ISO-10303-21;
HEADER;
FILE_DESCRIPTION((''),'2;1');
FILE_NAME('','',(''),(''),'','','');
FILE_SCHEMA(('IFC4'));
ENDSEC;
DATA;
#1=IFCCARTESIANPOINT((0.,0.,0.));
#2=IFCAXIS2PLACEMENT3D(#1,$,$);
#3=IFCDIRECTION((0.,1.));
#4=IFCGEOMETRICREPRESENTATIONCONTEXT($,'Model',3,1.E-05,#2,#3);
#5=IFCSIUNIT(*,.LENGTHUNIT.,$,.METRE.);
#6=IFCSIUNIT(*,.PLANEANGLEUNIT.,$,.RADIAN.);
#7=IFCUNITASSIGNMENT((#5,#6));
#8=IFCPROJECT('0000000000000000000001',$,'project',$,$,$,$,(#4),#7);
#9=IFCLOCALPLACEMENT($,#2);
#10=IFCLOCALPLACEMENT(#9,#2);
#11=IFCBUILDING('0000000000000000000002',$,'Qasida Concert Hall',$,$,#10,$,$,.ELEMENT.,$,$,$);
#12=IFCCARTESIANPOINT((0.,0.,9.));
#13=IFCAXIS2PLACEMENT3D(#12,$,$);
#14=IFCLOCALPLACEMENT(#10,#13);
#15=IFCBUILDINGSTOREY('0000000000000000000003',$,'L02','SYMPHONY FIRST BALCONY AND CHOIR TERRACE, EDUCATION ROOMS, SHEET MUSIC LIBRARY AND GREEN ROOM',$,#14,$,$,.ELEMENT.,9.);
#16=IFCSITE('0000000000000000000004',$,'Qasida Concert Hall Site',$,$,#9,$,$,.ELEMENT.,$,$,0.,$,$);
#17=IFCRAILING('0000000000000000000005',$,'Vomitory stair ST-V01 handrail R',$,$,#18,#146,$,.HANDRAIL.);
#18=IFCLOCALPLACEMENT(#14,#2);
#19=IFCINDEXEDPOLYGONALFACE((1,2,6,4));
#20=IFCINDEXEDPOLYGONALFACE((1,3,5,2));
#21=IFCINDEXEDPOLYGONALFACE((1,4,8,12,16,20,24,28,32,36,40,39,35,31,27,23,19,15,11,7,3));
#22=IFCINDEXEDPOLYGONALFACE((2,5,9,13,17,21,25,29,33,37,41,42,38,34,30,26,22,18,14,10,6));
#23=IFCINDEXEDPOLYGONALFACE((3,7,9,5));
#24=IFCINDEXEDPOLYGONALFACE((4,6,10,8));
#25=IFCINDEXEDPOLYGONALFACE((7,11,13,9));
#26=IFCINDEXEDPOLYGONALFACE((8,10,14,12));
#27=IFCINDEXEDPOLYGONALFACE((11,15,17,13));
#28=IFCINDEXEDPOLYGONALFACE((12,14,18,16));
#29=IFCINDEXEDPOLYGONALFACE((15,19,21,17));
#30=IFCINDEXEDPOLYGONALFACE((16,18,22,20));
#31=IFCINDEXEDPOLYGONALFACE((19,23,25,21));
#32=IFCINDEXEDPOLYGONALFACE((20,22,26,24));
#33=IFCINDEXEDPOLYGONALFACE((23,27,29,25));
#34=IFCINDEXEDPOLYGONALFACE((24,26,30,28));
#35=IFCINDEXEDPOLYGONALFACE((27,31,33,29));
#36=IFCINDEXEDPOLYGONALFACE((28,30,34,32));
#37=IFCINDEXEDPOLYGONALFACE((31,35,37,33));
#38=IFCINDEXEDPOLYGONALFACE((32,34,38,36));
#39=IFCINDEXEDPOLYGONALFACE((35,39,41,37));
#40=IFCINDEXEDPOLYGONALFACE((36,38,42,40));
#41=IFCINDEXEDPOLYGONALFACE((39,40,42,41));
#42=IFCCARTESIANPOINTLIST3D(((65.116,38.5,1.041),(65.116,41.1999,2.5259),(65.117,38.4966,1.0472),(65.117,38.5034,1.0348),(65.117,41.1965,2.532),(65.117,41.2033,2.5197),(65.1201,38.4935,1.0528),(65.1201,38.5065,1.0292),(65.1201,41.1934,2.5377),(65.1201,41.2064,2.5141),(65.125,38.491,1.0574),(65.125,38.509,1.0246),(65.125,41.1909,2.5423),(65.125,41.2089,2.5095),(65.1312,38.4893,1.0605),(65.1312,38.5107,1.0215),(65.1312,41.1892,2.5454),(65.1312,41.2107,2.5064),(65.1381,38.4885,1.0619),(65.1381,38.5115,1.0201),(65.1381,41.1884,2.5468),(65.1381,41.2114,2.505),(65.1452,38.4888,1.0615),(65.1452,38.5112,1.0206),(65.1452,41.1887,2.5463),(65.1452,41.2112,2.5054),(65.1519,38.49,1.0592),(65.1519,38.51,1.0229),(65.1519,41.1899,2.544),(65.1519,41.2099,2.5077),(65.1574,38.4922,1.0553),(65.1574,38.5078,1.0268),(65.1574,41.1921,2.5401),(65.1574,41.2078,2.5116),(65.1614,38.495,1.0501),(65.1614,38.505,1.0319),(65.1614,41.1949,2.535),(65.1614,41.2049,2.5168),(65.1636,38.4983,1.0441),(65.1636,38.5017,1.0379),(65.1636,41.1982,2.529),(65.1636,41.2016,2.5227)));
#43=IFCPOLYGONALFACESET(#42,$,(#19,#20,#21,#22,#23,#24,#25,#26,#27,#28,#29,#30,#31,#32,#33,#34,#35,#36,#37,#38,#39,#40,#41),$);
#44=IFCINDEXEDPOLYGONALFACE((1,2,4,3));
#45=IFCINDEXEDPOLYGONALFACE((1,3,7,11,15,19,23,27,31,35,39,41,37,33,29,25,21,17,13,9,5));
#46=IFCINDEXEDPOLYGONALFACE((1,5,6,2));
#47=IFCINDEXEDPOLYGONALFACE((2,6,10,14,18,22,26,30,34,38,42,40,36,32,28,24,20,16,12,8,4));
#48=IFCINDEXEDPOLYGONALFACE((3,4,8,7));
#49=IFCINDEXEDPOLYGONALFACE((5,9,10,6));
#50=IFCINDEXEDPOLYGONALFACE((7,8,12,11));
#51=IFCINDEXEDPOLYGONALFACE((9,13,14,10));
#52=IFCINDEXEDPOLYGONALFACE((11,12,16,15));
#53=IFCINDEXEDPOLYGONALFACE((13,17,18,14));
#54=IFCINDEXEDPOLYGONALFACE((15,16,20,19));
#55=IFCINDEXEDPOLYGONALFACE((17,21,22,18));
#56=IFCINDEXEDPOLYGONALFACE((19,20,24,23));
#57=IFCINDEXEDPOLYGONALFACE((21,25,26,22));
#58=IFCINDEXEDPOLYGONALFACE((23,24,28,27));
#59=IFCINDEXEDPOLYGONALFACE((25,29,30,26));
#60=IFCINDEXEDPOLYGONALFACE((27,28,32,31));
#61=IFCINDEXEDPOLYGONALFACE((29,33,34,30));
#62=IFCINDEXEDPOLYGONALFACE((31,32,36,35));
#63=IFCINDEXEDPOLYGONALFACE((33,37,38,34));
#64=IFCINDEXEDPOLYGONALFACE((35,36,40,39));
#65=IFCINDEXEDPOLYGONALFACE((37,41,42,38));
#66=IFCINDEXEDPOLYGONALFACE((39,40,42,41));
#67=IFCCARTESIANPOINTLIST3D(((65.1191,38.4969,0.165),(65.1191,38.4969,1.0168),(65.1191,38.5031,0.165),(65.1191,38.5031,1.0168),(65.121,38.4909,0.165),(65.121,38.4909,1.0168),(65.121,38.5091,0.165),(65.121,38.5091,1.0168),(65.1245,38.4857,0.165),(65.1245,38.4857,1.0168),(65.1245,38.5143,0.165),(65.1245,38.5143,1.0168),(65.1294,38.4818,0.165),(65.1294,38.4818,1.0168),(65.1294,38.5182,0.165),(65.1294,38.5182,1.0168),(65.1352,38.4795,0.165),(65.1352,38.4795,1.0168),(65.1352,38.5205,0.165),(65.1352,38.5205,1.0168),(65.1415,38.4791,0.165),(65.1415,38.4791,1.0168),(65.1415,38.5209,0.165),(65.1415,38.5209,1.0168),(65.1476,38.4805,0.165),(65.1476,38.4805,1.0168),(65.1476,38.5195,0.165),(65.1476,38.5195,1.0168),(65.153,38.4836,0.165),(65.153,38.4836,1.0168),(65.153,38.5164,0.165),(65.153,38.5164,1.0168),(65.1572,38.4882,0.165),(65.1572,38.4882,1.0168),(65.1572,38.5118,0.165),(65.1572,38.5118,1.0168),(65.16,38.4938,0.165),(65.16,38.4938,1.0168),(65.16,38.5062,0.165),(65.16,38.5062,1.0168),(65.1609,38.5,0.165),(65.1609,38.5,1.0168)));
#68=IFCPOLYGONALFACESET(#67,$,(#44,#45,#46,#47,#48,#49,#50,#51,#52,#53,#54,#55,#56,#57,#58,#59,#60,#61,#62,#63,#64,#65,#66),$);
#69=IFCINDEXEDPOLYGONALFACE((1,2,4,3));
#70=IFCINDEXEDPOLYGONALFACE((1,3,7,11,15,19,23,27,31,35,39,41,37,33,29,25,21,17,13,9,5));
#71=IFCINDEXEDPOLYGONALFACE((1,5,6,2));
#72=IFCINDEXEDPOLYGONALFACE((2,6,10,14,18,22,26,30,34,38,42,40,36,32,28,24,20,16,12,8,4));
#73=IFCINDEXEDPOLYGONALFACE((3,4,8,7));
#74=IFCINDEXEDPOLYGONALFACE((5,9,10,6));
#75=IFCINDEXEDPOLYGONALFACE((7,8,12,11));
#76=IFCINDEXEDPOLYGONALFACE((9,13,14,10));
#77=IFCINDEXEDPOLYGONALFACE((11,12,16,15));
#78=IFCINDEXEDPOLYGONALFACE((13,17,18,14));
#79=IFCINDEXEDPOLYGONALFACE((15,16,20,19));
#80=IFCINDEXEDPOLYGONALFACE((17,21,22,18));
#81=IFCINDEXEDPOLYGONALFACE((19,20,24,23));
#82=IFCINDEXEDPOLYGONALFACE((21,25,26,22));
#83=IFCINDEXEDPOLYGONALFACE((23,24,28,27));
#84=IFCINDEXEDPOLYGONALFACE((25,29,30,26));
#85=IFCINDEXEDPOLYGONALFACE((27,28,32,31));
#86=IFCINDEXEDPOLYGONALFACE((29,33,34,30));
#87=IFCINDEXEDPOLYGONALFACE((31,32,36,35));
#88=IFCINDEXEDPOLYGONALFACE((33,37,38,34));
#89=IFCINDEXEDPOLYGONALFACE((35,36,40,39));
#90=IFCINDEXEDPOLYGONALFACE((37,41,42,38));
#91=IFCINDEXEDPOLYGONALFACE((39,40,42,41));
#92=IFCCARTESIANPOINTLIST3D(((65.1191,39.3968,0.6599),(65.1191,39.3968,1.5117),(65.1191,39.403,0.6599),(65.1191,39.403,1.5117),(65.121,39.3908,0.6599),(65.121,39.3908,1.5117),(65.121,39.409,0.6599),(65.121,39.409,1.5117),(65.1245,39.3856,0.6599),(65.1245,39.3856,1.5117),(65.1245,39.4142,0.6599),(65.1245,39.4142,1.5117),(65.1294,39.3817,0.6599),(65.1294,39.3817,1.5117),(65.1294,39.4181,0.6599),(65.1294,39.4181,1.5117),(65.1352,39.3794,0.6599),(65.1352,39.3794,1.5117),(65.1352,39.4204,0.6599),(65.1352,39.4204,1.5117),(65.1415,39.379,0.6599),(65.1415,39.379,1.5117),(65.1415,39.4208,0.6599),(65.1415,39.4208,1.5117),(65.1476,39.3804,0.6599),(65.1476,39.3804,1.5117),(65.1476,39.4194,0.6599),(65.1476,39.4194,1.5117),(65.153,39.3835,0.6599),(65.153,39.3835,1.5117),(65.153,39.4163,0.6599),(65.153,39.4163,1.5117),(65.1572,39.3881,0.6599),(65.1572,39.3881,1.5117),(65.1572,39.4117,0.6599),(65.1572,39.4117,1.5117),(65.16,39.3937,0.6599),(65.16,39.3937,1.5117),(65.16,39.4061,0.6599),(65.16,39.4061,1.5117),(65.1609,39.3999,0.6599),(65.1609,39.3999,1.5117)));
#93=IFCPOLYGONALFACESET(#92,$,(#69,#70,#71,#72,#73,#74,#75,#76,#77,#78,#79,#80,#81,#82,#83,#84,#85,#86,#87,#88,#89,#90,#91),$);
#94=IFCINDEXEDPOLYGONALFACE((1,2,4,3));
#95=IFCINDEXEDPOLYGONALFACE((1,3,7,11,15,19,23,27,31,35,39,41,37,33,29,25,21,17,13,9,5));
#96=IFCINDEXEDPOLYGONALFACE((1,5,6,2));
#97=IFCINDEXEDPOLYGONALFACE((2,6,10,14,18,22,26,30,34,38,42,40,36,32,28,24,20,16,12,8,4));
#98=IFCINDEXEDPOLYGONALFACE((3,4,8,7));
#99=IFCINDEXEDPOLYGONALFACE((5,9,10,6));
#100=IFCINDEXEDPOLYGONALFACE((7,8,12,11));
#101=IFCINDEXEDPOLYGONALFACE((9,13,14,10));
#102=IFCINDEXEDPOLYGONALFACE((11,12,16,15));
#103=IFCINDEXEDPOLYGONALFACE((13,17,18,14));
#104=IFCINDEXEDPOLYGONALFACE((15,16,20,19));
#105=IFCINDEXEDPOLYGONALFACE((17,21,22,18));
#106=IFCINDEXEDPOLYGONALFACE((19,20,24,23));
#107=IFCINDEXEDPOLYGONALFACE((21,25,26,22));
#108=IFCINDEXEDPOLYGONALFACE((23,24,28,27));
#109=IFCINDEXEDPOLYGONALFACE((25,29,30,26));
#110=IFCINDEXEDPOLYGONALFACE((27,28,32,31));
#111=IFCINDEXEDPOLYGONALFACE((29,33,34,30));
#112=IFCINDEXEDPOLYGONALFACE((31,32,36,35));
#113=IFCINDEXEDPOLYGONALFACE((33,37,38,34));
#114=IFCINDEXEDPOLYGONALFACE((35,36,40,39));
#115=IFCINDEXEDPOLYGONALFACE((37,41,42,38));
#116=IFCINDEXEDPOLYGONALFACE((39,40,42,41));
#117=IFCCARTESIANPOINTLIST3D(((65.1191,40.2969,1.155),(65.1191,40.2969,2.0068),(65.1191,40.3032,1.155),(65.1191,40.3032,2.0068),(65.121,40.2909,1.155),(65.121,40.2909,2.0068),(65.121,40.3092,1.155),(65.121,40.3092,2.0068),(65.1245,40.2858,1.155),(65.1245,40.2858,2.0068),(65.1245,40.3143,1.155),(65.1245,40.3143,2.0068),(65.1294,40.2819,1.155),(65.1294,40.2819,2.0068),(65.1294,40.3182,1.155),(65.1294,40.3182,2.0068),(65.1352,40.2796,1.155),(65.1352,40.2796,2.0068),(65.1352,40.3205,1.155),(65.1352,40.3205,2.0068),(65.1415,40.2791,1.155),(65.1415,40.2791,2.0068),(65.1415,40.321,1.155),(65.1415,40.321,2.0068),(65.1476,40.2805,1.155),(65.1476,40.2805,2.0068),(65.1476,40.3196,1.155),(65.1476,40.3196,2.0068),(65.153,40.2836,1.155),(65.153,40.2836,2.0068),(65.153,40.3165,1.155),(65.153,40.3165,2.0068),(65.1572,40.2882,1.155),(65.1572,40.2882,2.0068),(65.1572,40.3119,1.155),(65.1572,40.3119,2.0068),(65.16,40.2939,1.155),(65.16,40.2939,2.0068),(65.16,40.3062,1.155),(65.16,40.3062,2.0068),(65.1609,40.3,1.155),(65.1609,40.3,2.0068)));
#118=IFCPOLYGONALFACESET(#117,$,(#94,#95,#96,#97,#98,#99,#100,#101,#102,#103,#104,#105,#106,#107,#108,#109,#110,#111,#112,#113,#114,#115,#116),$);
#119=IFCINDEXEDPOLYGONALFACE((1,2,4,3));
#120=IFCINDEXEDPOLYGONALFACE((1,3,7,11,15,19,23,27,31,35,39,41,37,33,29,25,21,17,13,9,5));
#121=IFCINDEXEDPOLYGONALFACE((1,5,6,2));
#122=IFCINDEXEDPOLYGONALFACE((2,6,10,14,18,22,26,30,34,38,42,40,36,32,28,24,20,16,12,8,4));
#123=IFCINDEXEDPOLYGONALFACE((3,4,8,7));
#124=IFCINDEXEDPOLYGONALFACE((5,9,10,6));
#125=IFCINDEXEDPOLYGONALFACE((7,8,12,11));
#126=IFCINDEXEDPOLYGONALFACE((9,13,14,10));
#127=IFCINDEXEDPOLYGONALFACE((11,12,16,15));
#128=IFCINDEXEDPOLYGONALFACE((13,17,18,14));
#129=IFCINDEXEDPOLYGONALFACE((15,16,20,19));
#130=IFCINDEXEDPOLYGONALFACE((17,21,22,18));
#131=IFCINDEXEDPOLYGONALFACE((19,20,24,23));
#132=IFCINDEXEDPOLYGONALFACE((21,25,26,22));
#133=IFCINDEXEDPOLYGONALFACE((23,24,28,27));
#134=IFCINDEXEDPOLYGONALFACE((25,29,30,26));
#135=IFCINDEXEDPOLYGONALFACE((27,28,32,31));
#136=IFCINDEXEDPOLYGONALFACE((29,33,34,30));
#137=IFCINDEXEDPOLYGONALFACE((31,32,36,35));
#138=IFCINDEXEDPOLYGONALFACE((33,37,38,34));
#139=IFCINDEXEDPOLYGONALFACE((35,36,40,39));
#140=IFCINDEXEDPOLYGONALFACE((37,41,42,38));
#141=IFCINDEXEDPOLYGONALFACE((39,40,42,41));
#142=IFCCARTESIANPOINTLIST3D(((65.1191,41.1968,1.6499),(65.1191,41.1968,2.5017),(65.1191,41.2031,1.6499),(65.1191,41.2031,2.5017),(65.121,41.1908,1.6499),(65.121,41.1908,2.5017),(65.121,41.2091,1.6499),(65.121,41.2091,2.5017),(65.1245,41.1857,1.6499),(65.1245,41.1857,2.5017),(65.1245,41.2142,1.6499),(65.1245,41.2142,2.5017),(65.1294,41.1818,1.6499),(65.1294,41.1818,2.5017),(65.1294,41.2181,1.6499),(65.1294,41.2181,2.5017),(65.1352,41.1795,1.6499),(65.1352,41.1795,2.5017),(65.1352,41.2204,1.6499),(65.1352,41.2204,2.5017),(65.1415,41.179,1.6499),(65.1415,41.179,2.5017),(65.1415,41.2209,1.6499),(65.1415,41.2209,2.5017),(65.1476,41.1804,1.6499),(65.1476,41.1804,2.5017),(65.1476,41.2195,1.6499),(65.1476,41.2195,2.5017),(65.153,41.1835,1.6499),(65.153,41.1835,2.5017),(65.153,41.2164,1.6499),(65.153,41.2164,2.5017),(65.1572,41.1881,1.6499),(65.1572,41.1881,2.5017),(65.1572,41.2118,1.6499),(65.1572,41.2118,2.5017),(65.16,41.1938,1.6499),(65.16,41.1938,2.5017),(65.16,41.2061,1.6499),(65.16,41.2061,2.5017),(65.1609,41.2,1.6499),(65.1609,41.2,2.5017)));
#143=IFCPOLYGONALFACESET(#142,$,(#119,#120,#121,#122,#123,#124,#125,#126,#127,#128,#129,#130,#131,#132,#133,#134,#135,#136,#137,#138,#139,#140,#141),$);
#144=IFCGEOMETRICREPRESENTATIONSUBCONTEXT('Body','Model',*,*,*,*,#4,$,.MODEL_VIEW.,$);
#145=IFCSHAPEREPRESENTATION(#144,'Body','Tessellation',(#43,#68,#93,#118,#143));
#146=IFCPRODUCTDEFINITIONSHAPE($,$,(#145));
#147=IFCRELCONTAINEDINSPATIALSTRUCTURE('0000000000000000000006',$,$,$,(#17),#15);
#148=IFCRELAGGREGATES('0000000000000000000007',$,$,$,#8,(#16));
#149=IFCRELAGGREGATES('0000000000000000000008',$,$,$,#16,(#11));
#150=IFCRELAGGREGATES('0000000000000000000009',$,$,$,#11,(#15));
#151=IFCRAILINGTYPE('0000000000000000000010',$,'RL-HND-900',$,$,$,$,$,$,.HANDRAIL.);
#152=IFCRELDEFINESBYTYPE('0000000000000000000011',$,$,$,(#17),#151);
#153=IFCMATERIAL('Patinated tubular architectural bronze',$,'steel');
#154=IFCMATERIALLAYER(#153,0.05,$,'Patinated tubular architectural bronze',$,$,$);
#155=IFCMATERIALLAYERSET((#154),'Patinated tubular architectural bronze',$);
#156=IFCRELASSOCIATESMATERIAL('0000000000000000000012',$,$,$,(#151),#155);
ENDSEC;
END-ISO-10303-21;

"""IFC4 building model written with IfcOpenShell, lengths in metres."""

from ifc_helpers import new_model, si_unit, direction, frame, origin, origin_2d, place, context, subcontext, project, spatial, circle, extrude, material, layer, layer_set, type_object, element, save


model = new_model("IFC4")

# Units and contexts
model_context = context("Model", 3, precision=1e-05, world=origin(), true_north=direction((0.0, 1.0)))
body_context = subcontext(model_context, "Body", "Model", "MODEL_VIEW")
ifc_project = project(units=[si_unit("LENGTHUNIT", "METRE"), si_unit("PLANEANGLEUNIT", "RADIAN")], contexts=[model_context])

# Site, building, storey
site_placement = place(None, origin())
site = spatial("IfcSite", under=ifc_project, at=site_placement, Name="Qasida Concert Hall Site", CompositionType="ELEMENT", RefElevation=0.0)
building_placement = place(site_placement, origin())
building = spatial("IfcBuilding", under=site, at=building_placement, Name="Qasida Concert Hall", CompositionType="ELEMENT")
storey_placement = place(building_placement, frame((0.0, 0.0, 9.0)))
storey = spatial("IfcBuildingStorey", under=building, at=storey_placement, Name="L02", Description="SYMPHONY FIRST BALCONY AND CHOIR TERRACE, EDUCATION ROOMS, SHEET MUSIC LIBRARY AND GREEN ROOM", CompositionType="ELEMENT", Elevation=9.0)

# Railing
ifc_material_1 = material(Name="Patinated tubular architectural bronze", Category="steel")
ifc_layer_1 = layer(ifc_material_1, 0.05, Name="Patinated tubular architectural bronze")
ifc_layer_set_1 = layer_set([ifc_layer_1], Name="Patinated tubular architectural bronze")
railing_type_1 = type_object("IfcRailingType", Name="RL-HND-900", PredefinedType="HANDRAIL", material=ifc_layer_set_1)
for number, where, name in (
    (1, (65.1399, 38.5, 0.165), "Vomitory stair ST-V01 handrail R"),
):
    element("IfcRailing", number, at=place(storey_placement, frame(where)), inside=storey, type_object=railing_type_1, Name=name, PredefinedType="HANDRAIL", context=body_context, shape_type="SweptSolid", body=[
        extrude(circle(Radius=0.0239, at=origin_2d()), frame((0.0, 0.0, 0.876), z_axis=(0.0, 0.876231, 0.481891), x_axis=(-1.0, 0.0, 0.0)), (0.0, 0.0, 1.0), 3.0813),
        extrude(circle(Radius=0.021, at=origin_2d()), origin(), (0.0, 0.0, 1.0), 0.8518),
        extrude(circle(Radius=0.021, at=origin_2d()), frame((0.0, 0.8999, 0.4949)), (0.0, 0.0, 1.0), 0.8518),
        extrude(circle(Radius=0.021, at=origin_2d()), frame((0.0, 1.8, 0.99)), (0.0, 0.0, 1.0), 0.8518),
        extrude(circle(Radius=0.021, at=origin_2d()), frame((0.0, 2.7, 1.4849)), (0.0, 0.0, 1.0), 0.8518),
    ])

save(model, "model.ifc")
